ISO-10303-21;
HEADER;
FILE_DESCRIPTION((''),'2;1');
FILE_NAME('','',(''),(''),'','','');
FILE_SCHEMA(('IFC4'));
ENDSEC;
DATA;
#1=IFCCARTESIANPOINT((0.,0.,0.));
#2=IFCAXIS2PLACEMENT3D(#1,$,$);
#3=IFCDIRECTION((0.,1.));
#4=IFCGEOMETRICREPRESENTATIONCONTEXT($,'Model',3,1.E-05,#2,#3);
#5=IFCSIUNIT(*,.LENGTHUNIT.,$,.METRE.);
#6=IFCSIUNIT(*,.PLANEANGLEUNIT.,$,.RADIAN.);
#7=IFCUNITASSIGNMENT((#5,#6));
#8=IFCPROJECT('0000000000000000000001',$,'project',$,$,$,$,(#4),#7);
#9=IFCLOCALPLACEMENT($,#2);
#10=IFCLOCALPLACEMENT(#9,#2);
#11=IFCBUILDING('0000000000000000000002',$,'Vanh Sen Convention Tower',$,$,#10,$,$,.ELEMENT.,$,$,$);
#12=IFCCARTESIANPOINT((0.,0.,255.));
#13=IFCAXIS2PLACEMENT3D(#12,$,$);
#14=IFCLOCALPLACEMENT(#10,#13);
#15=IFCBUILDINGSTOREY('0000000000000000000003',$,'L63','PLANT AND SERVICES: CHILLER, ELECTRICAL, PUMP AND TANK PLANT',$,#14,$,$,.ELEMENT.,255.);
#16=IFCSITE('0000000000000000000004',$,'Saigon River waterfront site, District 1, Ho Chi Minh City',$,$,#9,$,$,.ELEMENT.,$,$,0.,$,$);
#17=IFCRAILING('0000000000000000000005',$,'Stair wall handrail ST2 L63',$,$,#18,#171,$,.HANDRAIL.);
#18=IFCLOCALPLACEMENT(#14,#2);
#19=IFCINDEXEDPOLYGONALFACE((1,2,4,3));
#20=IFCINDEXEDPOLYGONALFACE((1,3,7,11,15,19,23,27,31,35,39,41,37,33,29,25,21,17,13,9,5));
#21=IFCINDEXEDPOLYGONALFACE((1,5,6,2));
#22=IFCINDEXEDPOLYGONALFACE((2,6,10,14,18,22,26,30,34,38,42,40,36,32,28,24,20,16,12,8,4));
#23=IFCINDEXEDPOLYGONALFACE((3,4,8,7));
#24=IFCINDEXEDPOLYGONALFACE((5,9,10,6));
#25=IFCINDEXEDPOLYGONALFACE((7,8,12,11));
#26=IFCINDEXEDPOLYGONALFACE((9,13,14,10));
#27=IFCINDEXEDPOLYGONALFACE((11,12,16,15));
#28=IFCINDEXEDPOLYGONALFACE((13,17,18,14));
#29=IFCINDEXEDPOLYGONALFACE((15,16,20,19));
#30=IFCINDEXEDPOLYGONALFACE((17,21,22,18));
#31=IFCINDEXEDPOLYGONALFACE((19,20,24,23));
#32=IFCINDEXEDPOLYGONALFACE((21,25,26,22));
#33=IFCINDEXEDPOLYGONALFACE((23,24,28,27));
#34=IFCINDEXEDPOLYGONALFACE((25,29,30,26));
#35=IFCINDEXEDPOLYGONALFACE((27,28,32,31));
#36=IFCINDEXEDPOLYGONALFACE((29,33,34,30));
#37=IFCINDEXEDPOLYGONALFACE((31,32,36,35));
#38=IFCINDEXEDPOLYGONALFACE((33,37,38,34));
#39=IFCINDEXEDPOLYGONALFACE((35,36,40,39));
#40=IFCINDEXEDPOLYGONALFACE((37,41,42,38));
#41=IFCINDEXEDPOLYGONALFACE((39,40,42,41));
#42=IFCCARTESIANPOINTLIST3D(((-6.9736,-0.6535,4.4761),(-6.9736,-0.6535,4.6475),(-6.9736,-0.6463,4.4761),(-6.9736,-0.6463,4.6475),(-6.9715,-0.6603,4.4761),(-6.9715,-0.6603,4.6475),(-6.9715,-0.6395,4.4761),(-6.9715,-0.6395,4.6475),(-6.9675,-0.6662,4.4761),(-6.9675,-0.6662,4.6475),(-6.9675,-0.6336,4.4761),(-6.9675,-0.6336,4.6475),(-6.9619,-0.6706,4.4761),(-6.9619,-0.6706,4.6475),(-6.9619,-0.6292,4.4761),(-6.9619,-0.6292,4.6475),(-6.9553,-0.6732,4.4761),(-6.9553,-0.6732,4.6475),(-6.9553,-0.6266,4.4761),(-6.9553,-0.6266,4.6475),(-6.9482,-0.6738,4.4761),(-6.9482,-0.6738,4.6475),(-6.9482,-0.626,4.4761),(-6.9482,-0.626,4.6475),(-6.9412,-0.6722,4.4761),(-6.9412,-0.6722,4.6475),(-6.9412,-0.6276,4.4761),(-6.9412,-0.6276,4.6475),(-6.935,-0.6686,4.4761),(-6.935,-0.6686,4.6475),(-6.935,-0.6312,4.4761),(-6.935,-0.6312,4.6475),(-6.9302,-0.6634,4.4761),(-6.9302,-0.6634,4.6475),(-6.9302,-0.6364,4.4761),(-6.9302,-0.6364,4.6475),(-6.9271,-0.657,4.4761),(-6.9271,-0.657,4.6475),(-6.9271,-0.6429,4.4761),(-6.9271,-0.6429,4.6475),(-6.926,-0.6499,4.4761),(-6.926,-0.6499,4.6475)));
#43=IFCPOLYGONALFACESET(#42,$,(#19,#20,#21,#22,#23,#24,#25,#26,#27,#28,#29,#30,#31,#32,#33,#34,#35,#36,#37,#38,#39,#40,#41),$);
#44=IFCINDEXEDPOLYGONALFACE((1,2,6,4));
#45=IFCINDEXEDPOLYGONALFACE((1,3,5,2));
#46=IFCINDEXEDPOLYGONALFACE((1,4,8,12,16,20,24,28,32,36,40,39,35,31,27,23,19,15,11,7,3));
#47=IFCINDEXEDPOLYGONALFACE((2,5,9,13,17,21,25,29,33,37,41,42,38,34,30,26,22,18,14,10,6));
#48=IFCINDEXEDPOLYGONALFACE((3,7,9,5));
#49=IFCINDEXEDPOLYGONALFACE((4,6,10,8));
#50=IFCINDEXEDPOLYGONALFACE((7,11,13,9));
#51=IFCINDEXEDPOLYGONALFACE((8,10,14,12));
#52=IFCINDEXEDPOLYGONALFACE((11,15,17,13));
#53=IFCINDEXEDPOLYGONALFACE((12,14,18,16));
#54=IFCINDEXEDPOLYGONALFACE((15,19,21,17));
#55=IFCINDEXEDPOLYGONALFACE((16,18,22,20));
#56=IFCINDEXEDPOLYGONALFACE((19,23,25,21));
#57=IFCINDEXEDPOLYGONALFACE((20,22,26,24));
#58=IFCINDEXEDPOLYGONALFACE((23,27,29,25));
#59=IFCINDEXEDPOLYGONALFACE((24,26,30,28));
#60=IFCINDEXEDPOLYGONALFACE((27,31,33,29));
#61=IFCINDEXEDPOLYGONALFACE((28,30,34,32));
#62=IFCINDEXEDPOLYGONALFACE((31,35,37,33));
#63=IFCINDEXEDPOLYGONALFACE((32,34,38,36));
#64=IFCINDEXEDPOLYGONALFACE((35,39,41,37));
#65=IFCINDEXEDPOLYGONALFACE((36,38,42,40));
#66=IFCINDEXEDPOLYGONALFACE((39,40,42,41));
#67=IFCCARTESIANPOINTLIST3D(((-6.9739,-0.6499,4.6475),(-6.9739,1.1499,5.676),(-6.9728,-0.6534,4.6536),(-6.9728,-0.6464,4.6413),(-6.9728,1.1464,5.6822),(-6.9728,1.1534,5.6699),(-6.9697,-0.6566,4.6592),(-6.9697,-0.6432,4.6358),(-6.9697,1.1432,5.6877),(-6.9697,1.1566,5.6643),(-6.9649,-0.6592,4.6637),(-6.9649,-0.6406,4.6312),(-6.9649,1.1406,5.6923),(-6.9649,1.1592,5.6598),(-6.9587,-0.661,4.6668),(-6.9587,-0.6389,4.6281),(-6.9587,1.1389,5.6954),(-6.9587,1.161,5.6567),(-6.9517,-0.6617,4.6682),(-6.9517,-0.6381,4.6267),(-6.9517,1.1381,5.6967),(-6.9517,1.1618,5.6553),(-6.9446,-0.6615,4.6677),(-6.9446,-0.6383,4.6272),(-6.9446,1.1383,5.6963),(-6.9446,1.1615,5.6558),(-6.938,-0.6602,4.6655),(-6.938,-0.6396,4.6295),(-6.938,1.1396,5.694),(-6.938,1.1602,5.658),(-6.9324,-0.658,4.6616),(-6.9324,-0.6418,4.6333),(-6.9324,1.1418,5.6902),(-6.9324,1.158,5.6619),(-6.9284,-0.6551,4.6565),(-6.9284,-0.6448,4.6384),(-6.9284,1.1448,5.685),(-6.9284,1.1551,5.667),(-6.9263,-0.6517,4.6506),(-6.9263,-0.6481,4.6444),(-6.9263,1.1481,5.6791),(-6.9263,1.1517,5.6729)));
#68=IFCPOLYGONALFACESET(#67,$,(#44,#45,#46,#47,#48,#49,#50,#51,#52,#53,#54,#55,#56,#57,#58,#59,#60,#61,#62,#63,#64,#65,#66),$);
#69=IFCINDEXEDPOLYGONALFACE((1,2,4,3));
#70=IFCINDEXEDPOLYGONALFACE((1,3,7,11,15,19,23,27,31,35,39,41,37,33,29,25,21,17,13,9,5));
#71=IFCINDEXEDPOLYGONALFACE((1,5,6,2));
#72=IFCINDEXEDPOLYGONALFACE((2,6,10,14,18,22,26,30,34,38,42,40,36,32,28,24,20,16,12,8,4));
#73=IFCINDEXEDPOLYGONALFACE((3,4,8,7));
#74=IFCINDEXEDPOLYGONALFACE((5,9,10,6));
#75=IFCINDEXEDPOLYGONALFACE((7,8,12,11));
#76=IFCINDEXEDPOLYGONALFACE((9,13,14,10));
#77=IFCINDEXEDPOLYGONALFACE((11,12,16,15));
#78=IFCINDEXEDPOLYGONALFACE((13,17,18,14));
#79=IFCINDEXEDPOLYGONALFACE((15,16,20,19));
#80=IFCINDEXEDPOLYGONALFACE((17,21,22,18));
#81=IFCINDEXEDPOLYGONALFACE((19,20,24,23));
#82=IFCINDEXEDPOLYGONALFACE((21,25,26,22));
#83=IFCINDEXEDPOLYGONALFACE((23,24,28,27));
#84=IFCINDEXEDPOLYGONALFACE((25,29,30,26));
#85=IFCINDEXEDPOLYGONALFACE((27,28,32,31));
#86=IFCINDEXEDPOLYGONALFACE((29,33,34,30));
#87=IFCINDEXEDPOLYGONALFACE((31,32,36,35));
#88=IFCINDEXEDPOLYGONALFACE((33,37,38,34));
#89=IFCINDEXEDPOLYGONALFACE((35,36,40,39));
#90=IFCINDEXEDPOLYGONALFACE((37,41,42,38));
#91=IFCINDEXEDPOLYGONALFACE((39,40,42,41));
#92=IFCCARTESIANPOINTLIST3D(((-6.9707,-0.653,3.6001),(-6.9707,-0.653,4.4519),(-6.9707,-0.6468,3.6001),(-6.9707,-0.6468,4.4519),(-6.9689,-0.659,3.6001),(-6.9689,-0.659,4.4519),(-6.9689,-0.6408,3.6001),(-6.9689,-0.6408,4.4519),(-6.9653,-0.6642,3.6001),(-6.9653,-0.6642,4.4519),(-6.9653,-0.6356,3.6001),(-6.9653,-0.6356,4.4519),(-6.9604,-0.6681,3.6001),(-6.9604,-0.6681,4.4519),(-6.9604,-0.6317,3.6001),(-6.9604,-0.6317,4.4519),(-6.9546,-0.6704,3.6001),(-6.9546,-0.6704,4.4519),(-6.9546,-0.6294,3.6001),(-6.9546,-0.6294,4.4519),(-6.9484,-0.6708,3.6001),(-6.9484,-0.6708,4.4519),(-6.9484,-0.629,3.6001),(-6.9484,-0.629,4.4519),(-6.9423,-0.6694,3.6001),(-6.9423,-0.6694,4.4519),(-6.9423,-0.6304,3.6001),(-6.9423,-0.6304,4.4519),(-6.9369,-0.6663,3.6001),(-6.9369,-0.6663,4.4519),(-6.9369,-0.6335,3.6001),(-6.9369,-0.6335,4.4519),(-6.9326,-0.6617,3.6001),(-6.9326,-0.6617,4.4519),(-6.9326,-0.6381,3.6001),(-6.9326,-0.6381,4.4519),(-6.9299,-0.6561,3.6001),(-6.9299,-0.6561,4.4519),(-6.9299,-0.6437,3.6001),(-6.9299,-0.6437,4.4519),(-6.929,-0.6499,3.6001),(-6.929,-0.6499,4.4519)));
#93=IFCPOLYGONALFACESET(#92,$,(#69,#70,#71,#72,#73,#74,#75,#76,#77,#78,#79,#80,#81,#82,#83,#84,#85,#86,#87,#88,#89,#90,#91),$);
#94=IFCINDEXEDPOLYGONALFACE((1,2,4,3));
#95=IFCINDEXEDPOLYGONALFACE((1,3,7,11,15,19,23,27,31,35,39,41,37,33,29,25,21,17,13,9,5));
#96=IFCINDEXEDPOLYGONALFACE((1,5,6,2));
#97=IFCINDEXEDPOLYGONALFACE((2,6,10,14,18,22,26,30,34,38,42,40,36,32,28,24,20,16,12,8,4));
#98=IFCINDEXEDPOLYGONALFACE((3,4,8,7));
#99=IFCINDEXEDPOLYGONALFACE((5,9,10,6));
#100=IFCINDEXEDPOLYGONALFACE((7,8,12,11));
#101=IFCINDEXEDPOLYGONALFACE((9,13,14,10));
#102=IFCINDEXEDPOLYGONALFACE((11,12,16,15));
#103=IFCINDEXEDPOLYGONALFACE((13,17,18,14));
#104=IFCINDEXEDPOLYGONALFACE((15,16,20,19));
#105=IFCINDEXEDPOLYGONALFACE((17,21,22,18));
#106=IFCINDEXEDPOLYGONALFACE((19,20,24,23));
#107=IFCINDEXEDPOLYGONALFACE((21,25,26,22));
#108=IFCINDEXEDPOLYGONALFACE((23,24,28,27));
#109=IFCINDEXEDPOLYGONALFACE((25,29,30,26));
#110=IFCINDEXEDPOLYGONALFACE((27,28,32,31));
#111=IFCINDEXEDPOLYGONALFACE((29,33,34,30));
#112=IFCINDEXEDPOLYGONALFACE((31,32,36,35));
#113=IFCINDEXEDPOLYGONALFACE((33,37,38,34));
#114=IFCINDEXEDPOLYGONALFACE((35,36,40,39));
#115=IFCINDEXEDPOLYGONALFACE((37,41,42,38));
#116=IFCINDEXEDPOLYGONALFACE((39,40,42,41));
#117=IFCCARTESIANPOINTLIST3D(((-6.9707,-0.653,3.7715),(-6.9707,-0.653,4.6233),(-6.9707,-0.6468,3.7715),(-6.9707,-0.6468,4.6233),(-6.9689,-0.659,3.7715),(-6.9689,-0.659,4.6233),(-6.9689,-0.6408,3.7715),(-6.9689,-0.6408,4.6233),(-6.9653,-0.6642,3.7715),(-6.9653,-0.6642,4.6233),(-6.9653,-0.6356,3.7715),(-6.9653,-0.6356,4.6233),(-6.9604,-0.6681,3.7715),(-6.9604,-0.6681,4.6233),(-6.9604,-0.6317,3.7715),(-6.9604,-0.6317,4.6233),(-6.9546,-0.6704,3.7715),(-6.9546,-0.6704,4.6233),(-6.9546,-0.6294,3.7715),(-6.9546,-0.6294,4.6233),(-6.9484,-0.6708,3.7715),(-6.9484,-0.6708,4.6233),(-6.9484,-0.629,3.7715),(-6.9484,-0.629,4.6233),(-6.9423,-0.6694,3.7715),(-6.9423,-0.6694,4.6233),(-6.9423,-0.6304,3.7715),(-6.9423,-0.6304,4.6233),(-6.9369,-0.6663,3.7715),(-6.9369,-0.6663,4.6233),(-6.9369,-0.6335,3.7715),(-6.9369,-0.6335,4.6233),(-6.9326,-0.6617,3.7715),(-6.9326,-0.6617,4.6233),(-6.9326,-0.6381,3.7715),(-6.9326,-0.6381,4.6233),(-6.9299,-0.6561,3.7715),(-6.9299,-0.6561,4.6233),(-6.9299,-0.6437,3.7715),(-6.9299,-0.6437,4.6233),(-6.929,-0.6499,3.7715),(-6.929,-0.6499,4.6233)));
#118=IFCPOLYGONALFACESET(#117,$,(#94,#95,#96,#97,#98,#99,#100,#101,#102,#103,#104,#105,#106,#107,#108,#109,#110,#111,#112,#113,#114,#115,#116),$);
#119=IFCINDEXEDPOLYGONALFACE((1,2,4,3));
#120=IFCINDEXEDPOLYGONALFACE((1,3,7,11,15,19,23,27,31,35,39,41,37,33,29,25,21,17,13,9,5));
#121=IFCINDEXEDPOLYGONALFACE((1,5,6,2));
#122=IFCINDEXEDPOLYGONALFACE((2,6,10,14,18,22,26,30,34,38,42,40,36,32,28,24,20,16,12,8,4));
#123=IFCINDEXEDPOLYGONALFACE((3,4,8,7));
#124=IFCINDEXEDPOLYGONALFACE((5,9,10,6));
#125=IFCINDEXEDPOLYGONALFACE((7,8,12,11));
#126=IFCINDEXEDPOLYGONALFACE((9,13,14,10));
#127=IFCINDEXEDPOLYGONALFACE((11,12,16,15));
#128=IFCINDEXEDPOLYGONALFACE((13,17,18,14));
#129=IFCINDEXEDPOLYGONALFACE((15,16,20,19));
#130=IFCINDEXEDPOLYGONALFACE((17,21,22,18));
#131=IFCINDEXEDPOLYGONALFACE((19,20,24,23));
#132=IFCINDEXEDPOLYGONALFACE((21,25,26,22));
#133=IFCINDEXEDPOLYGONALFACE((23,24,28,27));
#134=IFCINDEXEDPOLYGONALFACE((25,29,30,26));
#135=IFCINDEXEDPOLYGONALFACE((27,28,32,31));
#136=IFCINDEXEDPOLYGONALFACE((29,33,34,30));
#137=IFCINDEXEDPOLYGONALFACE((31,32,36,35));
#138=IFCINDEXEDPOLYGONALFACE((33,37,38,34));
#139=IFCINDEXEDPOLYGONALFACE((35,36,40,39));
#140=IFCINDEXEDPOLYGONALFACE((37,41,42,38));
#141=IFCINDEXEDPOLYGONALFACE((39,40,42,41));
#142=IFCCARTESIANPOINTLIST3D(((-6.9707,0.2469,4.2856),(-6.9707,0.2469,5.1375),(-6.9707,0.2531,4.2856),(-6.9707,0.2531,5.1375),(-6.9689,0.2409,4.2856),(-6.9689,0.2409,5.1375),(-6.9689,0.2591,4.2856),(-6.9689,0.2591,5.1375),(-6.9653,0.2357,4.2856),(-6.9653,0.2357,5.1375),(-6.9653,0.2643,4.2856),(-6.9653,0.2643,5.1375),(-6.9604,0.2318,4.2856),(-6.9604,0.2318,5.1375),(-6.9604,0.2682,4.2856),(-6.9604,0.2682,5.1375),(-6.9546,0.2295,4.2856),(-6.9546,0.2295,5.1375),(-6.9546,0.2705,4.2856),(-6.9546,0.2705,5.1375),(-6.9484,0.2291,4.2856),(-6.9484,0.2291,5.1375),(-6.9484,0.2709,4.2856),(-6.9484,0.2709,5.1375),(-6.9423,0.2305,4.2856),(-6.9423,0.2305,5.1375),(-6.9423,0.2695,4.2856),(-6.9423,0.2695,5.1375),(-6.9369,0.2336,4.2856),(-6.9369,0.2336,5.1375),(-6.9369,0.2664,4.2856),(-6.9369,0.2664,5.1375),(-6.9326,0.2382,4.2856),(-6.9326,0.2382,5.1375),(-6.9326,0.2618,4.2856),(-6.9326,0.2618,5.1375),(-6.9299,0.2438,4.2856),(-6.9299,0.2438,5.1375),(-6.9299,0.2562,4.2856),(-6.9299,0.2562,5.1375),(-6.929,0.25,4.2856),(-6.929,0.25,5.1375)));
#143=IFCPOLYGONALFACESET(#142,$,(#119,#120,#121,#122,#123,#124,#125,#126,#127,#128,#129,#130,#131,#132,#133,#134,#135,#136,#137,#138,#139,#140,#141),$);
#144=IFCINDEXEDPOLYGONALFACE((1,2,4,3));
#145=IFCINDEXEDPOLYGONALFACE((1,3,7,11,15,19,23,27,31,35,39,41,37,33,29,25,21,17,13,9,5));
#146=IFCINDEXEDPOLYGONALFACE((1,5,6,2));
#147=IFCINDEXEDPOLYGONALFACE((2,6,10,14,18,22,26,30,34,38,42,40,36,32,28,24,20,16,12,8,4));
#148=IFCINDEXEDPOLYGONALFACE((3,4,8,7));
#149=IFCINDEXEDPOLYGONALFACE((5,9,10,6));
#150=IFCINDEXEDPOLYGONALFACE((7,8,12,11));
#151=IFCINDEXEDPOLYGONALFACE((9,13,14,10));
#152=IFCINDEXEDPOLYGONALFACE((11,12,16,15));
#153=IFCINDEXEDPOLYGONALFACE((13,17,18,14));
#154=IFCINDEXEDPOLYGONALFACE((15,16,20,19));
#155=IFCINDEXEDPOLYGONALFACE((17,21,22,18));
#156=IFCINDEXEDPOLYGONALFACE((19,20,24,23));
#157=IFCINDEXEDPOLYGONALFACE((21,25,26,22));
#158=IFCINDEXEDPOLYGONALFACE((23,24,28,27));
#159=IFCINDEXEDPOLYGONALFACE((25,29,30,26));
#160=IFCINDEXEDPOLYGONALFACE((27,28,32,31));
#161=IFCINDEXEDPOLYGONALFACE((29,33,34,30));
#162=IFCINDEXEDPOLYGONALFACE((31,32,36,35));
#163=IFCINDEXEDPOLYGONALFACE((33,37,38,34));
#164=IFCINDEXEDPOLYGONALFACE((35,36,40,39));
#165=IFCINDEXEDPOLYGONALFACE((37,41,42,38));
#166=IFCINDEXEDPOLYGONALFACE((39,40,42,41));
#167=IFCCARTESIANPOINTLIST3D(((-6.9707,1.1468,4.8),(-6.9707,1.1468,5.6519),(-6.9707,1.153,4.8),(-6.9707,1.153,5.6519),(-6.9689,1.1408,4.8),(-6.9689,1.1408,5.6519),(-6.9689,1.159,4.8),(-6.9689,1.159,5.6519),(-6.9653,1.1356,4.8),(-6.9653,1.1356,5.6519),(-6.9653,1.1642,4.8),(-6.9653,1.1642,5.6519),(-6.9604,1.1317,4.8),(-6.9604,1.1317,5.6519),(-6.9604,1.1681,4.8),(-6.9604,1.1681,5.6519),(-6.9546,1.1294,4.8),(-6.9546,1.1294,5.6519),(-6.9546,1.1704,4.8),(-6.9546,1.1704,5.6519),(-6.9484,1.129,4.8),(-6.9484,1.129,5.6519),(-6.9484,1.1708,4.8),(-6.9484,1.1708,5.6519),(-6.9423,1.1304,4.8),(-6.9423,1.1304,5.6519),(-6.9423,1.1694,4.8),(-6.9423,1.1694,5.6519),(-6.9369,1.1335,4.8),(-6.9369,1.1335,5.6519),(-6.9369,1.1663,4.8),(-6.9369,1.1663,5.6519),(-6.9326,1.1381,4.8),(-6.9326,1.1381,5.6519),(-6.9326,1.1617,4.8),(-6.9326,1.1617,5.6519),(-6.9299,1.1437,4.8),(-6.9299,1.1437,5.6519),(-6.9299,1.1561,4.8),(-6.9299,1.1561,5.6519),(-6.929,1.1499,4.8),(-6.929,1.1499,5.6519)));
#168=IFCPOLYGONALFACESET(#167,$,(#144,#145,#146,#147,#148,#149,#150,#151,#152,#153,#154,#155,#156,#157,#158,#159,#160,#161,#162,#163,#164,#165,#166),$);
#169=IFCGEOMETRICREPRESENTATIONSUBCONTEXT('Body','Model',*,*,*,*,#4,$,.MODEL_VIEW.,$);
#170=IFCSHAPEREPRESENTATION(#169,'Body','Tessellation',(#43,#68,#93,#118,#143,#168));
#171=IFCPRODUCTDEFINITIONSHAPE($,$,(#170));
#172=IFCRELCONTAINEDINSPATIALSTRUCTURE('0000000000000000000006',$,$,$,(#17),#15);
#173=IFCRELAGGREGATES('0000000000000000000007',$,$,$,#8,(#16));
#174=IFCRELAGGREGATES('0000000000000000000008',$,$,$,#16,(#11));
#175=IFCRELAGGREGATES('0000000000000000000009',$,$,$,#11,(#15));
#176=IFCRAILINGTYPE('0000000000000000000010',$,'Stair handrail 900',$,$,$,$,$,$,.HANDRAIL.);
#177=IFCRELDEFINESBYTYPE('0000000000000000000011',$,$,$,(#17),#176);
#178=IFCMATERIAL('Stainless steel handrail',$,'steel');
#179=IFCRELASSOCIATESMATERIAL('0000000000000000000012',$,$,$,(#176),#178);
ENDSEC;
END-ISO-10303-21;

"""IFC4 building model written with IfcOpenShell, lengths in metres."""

from ifc_helpers import new_model, si_unit, direction, frame, origin, origin_2d, place, context, subcontext, project, spatial, circle, extrude, material, type_object, element, save


model = new_model("IFC4")

# Units and contexts
model_context = context("Model", 3, precision=1e-05, world=origin(), true_north=direction((0.0, 1.0)))
body_context = subcontext(model_context, "Body", "Model", "MODEL_VIEW")
ifc_project = project(units=[si_unit("LENGTHUNIT", "METRE"), si_unit("PLANEANGLEUNIT", "RADIAN")], contexts=[model_context])

# Site, building, storey
site_placement = place(None, origin())
site = spatial("IfcSite", under=ifc_project, at=site_placement, Name="Saigon River waterfront site, District 1, Ho Chi Minh City", CompositionType="ELEMENT", RefElevation=0.0)
building_placement = place(site_placement, origin())
building = spatial("IfcBuilding", under=site, at=building_placement, Name="Vanh Sen Convention Tower", CompositionType="ELEMENT")
storey_placement = place(building_placement, frame((0.0, 0.0, 255.0)))
storey = spatial("IfcBuildingStorey", under=building, at=storey_placement, Name="L63", Description="PLANT AND SERVICES: CHILLER, ELECTRICAL, PUMP AND TANK PLANT", CompositionType="ELEMENT", Elevation=255.0)

# Railing
ifc_material_1 = material(Name="Stainless steel handrail", Category="steel")
railing_type = type_object("IfcRailingType", Name="Stair handrail 900", PredefinedType="HANDRAIL", material=ifc_material_1)
railing_placement = place(storey_placement, frame((-6.95, -0.6499, 3.6001)))
element("IfcRailing", 1, at=railing_placement, inside=storey, type_object=railing_type, Name="Stair wall handrail ST2 L63", PredefinedType="HANDRAIL", context=body_context, shape_type="SweptSolid", body=[
    extrude(circle(Radius=0.0239, at=origin_2d()), frame((0.0, 0.0, 0.876), z_axis=(0.0, 0.0, 1.0), x_axis=(1.0, 0.0, 0.0)), (0.0, 0.0, 1.0), 0.1714),
    extrude(circle(Radius=0.0239, at=origin_2d()), frame((0.0, 0.0, 1.0474), z_axis=(0.0, 0.868221, 0.496177), x_axis=(-1.0, 0.0, 0.0)), (0.0, 0.0, 1.0), 2.073),
    extrude(circle(Radius=0.021, at=origin_2d()), origin(), (0.0, 0.0, 1.0), 0.8518),
    extrude(circle(Radius=0.021, at=origin_2d()), frame((0.0, 0.0, 0.1714)), (0.0, 0.0, 1.0), 0.8518),
    extrude(circle(Radius=0.021, at=origin_2d()), frame((0.0, 0.8999, 0.6855)), (0.0, 0.0, 1.0), 0.8518),
    extrude(circle(Radius=0.021, at=origin_2d()), frame((0.0, 1.7998, 1.2)), (0.0, 0.0, 1.0), 0.8518),
])

save(model, "model.ifc")
